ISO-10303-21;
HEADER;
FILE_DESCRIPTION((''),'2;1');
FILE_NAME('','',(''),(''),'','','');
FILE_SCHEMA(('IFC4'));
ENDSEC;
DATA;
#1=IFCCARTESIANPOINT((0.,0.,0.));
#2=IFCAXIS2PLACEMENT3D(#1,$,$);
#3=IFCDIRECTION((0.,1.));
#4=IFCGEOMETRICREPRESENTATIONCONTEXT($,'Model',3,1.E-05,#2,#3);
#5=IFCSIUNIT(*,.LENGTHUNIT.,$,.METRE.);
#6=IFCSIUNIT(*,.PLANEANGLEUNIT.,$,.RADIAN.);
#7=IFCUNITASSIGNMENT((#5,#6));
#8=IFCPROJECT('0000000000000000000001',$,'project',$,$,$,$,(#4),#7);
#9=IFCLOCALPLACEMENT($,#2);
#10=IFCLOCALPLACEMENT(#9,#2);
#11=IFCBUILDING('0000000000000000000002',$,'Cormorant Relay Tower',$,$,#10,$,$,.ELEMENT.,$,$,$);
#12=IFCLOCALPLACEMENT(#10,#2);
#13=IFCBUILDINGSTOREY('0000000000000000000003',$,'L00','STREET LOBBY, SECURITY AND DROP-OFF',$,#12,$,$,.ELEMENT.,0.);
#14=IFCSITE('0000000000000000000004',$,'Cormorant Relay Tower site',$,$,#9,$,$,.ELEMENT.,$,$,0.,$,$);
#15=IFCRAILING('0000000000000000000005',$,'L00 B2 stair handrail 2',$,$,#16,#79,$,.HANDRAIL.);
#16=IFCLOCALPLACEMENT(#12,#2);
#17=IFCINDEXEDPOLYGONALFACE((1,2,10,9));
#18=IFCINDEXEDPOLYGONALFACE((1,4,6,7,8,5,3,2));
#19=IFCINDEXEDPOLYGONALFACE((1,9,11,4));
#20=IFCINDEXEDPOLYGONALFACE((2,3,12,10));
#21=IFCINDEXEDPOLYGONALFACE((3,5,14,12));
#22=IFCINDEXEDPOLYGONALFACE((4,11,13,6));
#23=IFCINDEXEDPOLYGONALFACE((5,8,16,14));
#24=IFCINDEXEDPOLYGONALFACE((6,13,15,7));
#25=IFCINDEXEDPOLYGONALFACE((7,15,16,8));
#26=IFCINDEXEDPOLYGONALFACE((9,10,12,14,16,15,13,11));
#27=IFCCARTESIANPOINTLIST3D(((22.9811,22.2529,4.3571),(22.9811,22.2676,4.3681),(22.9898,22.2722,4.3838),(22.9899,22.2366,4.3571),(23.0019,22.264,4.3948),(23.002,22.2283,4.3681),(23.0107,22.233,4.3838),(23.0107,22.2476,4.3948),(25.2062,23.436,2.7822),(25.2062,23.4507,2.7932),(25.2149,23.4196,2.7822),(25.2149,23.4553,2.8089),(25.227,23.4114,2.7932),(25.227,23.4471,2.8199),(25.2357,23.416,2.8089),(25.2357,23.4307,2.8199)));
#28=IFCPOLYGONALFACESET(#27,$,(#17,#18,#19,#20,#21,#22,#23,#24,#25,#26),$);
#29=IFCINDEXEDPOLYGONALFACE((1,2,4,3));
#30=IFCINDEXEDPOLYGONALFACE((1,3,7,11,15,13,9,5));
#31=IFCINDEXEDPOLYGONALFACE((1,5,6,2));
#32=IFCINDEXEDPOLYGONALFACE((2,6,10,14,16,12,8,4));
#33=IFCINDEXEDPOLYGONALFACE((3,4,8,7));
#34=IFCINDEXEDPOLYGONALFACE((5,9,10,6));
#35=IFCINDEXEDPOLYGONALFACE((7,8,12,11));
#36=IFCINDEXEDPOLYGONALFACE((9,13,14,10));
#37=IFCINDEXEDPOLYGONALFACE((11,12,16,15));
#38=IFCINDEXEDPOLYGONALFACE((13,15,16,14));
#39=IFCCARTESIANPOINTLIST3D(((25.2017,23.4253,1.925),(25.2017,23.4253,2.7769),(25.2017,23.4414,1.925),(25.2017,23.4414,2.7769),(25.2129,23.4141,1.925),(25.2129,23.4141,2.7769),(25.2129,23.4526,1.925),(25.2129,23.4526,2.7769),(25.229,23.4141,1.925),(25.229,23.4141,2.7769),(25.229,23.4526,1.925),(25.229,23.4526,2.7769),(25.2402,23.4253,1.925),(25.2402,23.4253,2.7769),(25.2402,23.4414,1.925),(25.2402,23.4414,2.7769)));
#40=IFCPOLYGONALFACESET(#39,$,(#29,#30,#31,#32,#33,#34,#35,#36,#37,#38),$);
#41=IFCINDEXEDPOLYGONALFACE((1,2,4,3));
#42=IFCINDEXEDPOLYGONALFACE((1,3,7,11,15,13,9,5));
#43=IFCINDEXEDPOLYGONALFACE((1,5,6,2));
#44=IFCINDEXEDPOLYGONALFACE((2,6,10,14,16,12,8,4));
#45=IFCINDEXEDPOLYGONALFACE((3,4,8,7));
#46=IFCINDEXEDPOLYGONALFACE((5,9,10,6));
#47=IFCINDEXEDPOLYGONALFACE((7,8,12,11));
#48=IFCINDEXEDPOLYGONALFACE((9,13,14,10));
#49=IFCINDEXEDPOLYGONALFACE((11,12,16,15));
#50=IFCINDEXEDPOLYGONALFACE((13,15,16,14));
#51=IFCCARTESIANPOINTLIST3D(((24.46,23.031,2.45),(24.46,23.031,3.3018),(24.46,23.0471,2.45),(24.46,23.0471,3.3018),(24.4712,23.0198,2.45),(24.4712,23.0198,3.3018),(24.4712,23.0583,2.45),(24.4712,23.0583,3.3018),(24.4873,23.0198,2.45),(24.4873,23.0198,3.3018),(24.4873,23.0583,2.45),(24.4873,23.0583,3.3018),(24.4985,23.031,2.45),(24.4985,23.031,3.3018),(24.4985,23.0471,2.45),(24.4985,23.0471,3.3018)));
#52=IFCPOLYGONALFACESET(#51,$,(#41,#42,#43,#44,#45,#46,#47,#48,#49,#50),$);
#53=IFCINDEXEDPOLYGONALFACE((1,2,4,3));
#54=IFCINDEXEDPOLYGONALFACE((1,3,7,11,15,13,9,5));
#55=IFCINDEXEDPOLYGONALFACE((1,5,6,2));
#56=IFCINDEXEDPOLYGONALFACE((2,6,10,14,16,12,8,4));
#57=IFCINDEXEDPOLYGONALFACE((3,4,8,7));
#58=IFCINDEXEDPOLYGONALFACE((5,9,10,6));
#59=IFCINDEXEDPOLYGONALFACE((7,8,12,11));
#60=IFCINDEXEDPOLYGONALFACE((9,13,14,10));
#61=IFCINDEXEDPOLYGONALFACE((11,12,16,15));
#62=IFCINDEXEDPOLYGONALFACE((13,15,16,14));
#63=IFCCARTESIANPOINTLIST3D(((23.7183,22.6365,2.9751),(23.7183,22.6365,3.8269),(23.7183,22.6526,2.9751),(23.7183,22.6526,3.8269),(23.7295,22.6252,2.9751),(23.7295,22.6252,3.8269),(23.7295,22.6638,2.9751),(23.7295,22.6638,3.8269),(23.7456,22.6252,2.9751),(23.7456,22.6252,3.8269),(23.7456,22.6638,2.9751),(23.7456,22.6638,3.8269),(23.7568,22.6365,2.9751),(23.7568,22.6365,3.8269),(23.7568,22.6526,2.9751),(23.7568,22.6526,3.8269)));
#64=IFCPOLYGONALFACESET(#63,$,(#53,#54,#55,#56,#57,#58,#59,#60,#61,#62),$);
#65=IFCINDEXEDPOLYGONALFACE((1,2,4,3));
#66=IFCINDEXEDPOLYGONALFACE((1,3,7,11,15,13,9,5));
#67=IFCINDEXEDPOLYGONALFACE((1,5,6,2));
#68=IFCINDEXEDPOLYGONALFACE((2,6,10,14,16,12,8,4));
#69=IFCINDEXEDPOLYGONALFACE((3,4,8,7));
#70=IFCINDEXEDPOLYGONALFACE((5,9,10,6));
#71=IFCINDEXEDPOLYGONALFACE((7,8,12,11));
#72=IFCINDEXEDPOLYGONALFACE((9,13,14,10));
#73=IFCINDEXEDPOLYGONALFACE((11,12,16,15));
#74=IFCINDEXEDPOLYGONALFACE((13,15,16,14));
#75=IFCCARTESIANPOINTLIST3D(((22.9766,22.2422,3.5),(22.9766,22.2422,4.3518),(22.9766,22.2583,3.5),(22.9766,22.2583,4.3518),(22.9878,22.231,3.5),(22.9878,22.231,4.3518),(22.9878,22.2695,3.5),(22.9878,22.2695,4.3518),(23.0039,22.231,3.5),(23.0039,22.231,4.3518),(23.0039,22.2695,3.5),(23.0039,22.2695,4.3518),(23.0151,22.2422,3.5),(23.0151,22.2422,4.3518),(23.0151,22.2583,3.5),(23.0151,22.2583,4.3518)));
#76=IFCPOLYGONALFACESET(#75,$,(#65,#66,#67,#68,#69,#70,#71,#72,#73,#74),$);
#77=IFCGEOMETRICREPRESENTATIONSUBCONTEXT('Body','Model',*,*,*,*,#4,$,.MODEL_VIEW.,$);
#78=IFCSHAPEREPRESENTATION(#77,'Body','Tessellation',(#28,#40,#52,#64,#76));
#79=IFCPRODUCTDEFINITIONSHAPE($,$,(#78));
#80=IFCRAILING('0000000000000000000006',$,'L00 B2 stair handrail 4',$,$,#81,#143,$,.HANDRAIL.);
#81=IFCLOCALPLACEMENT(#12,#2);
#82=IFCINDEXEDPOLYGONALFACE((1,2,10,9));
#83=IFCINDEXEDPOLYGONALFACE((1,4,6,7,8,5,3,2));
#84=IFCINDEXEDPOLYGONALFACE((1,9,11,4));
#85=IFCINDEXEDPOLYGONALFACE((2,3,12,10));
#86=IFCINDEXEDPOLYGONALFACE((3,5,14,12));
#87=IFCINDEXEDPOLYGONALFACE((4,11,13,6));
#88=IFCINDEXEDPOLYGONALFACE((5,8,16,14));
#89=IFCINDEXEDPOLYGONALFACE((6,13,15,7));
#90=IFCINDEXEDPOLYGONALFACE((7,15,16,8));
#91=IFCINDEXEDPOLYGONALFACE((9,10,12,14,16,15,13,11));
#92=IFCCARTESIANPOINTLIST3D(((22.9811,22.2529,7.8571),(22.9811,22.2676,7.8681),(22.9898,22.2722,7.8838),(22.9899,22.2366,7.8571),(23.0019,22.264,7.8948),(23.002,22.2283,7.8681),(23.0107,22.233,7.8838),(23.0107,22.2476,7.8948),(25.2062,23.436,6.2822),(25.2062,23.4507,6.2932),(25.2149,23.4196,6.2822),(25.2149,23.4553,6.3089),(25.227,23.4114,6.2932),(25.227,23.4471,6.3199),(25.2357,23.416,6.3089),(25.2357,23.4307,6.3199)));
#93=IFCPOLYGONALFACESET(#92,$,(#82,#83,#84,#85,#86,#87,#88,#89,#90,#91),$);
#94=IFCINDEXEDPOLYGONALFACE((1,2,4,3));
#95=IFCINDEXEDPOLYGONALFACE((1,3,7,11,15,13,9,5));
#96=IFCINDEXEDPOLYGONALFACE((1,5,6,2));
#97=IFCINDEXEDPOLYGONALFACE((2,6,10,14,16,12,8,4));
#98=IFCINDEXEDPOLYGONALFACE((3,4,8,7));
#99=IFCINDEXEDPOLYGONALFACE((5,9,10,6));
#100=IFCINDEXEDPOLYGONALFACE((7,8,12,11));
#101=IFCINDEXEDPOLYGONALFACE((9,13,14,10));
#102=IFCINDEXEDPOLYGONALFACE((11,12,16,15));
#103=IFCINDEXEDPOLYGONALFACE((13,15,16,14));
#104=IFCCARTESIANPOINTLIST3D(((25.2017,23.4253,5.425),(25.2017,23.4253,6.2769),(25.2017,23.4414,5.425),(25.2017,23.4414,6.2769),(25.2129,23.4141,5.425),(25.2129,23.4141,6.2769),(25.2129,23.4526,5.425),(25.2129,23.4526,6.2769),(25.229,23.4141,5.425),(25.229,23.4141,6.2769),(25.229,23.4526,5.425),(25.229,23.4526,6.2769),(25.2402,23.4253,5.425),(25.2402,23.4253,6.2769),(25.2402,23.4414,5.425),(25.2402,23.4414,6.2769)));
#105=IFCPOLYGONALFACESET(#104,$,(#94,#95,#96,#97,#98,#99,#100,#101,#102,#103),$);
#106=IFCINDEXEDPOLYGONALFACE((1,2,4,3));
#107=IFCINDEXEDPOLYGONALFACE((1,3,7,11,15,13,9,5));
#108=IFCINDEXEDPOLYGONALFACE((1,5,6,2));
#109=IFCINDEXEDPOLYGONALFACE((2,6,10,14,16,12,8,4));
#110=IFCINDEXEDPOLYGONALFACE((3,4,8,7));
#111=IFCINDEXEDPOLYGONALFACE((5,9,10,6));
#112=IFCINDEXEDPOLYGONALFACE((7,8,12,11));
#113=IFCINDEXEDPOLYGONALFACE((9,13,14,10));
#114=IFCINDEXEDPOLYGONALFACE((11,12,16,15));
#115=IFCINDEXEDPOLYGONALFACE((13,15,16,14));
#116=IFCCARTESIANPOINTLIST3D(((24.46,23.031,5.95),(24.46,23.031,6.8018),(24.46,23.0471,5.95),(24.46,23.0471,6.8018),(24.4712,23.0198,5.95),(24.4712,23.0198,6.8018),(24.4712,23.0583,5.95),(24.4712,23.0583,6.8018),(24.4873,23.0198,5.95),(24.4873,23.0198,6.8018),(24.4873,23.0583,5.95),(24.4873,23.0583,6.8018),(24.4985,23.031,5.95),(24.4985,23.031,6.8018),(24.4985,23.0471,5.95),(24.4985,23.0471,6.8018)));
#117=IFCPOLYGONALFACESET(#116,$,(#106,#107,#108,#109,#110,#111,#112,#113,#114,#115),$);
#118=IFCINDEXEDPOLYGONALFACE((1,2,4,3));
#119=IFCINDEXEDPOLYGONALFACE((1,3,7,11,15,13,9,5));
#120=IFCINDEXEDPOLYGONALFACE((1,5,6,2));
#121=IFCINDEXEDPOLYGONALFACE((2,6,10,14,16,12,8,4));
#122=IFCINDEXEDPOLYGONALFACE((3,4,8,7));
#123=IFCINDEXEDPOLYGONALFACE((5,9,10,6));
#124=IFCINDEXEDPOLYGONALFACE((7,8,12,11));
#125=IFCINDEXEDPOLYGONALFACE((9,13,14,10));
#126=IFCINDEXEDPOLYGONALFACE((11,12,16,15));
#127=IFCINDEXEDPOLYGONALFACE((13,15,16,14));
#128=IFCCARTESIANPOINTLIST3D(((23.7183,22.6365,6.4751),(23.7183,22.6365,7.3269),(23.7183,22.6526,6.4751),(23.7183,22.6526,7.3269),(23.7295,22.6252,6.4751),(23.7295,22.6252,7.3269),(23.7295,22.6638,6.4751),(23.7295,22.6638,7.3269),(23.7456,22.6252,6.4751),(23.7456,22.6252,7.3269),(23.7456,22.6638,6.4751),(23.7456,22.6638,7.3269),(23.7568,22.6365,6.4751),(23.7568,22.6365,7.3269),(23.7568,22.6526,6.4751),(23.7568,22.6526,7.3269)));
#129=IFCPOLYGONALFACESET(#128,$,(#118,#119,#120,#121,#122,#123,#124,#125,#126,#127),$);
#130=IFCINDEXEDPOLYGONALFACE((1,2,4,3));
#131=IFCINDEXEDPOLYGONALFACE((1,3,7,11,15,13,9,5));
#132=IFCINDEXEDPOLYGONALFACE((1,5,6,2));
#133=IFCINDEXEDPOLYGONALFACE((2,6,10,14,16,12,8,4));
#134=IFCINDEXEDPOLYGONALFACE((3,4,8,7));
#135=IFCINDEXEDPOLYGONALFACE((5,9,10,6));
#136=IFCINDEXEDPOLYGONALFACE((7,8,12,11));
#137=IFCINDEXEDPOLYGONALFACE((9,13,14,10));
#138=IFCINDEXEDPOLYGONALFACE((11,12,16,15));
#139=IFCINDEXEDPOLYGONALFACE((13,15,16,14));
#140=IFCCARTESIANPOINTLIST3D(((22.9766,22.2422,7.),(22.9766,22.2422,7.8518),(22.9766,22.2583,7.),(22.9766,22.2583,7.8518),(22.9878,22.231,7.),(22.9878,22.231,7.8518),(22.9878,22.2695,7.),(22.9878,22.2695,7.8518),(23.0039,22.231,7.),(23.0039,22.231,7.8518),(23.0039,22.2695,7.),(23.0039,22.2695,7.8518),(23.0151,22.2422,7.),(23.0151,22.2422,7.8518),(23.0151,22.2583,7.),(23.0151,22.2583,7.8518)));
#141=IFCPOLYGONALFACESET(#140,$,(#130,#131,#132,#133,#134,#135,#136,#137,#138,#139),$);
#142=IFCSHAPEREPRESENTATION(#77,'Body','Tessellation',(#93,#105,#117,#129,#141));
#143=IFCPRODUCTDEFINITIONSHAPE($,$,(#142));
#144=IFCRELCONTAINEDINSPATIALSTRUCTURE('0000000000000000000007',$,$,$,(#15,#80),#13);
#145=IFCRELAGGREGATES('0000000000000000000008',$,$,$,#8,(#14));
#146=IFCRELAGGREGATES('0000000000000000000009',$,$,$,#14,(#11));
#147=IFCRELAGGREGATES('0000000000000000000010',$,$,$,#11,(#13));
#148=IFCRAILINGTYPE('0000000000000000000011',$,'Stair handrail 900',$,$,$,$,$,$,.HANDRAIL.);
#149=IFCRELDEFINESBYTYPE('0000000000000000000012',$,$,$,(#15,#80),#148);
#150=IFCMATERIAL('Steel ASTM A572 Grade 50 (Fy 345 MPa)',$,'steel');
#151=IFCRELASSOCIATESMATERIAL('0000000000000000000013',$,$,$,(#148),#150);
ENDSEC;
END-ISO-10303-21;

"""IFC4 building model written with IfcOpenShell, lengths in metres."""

from ifc_helpers import new_model, si_unit, direction, frame, origin, place, context, subcontext, project, spatial, polyline, outline, extrude, material, type_object, element, save


model = new_model("IFC4")

# Units and contexts
model_context = context("Model", 3, precision=1e-05, world=origin(), true_north=direction((0.0, 1.0)))
body_context = subcontext(model_context, "Body", "Model", "MODEL_VIEW")
ifc_project = project(units=[si_unit("LENGTHUNIT", "METRE"), si_unit("PLANEANGLEUNIT", "RADIAN")], contexts=[model_context])

# Site, building, storey
site_placement = place(None, origin())
site = spatial("IfcSite", under=ifc_project, at=site_placement, Name="Cormorant Relay Tower site", CompositionType="ELEMENT", RefElevation=0.0)
building_placement = place(site_placement, origin())
building = spatial("IfcBuilding", under=site, at=building_placement, Name="Cormorant Relay Tower", CompositionType="ELEMENT")
storey_placement = place(building_placement, origin())
storey = spatial("IfcBuildingStorey", under=building, at=storey_placement, Name="L00", Description="STREET LOBBY, SECURITY AND DROP-OFF", CompositionType="ELEMENT", Elevation=0.0)

# Railings
ifc_material_1 = material(Name="Steel ASTM A572 Grade 50 (Fy 345 MPa)", Category="steel")
railing_type_1 = type_object("IfcRailingType", Name="Stair handrail 900", PredefinedType="HANDRAIL", material=ifc_material_1)
railing_1_placement = place(storey_placement, frame((25.2209, 23.4333, 1.925)))
element("IfcRailing", 1, at=railing_1_placement, inside=storey, type_object=railing_type_1, Name="L00 B2 stair handrail 2", PredefinedType="HANDRAIL", context=body_context, shape_type="SweptSolid", body=[
    extrude(outline(polyline([(0.0222, 0.0093), (0.0093, 0.0222), (-0.0093, 0.0222), (-0.0222, 0.0093), (-0.0222, -0.0093), (-0.0093, -0.0222), (0.0093, -0.0222), (0.0222, -0.0093), (0.0222, 0.0093)])), frame((0.0, 0.0, 0.876), z_axis=(-0.748751, -0.398118, 0.529975), x_axis=(0.469472, -0.882948, 0.0)), (0.0, 0.0, 1.0), 2.9717),
    extrude(outline(polyline([(0.0193, 0.0081), (0.0081, 0.0193), (-0.0081, 0.0193), (-0.0193, 0.0081), (-0.0193, -0.0081), (-0.0081, -0.0193), (0.0081, -0.0193), (0.0193, -0.0081), (0.0193, 0.0081)])), origin(), (0.0, 0.0, 1.0), 0.8518),
    extrude(outline(polyline([(0.0193, 0.0081), (0.0081, 0.0193), (-0.0081, 0.0193), (-0.0193, 0.0081), (-0.0193, -0.0081), (-0.0081, -0.0193), (0.0081, -0.0193), (0.0193, -0.0081), (0.0193, 0.0081)])), frame((-0.7417, -0.3943, 0.5249)), (0.0, 0.0, 1.0), 0.8518),
    extrude(outline(polyline([(0.0193, 0.0081), (0.0081, 0.0193), (-0.0081, 0.0193), (-0.0193, 0.0081), (-0.0193, -0.0081), (-0.0081, -0.0193), (0.0081, -0.0193), (0.0193, -0.0081), (0.0193, 0.0081)])), frame((-1.4834, -0.7888, 1.05)), (0.0, 0.0, 1.0), 0.8518),
    extrude(outline(polyline([(0.0193, 0.0081), (0.0081, 0.0193), (-0.0081, 0.0193), (-0.0193, 0.0081), (-0.0193, -0.0081), (-0.0081, -0.0193), (0.0081, -0.0193), (0.0193, -0.0081), (0.0193, 0.0081)])), frame((-2.2251, -1.1831, 1.575)), (0.0, 0.0, 1.0), 0.8518),
])
railing_2_placement = place(storey_placement, frame((25.2209, 23.4333, 5.425)))
element("IfcRailing", 2, at=railing_2_placement, inside=storey, type_object=railing_type_1, Name="L00 B2 stair handrail 4", PredefinedType="HANDRAIL", context=body_context, shape_type="SweptSolid", body=[
    extrude(outline(polyline([(0.0222, 0.0093), (0.0093, 0.0222), (-0.0093, 0.0222), (-0.0222, 0.0093), (-0.0222, -0.0093), (-0.0093, -0.0222), (0.0093, -0.0222), (0.0222, -0.0093), (0.0222, 0.0093)])), frame((0.0, 0.0, 0.876), z_axis=(-0.748751, -0.398118, 0.529975), x_axis=(0.469472, -0.882948, 0.0)), (0.0, 0.0, 1.0), 2.9717),
    extrude(outline(polyline([(0.0193, 0.0081), (0.0081, 0.0193), (-0.0081, 0.0193), (-0.0193, 0.0081), (-0.0193, -0.0081), (-0.0081, -0.0193), (0.0081, -0.0193), (0.0193, -0.0081), (0.0193, 0.0081)])), origin(), (0.0, 0.0, 1.0), 0.8518),
    extrude(outline(polyline([(0.0193, 0.0081), (0.0081, 0.0193), (-0.0081, 0.0193), (-0.0193, 0.0081), (-0.0193, -0.0081), (-0.0081, -0.0193), (0.0081, -0.0193), (0.0193, -0.0081), (0.0193, 0.0081)])), frame((-0.7417, -0.3943, 0.5249)), (0.0, 0.0, 1.0), 0.8518),
    extrude(outline(polyline([(0.0193, 0.0081), (0.0081, 0.0193), (-0.0081, 0.0193), (-0.0193, 0.0081), (-0.0193, -0.0081), (-0.0081, -0.0193), (0.0081, -0.0193), (0.0193, -0.0081), (0.0193, 0.0081)])), frame((-1.4834, -0.7888, 1.05)), (0.0, 0.0, 1.0), 0.8518),
    extrude(outline(polyline([(0.0193, 0.0081), (0.0081, 0.0193), (-0.0081, 0.0193), (-0.0193, 0.0081), (-0.0193, -0.0081), (-0.0081, -0.0193), (0.0081, -0.0193), (0.0193, -0.0081), (0.0193, 0.0081)])), frame((-2.2251, -1.1831, 1.575)), (0.0, 0.0, 1.0), 0.8518),
])

save(model, "model.ifc")
